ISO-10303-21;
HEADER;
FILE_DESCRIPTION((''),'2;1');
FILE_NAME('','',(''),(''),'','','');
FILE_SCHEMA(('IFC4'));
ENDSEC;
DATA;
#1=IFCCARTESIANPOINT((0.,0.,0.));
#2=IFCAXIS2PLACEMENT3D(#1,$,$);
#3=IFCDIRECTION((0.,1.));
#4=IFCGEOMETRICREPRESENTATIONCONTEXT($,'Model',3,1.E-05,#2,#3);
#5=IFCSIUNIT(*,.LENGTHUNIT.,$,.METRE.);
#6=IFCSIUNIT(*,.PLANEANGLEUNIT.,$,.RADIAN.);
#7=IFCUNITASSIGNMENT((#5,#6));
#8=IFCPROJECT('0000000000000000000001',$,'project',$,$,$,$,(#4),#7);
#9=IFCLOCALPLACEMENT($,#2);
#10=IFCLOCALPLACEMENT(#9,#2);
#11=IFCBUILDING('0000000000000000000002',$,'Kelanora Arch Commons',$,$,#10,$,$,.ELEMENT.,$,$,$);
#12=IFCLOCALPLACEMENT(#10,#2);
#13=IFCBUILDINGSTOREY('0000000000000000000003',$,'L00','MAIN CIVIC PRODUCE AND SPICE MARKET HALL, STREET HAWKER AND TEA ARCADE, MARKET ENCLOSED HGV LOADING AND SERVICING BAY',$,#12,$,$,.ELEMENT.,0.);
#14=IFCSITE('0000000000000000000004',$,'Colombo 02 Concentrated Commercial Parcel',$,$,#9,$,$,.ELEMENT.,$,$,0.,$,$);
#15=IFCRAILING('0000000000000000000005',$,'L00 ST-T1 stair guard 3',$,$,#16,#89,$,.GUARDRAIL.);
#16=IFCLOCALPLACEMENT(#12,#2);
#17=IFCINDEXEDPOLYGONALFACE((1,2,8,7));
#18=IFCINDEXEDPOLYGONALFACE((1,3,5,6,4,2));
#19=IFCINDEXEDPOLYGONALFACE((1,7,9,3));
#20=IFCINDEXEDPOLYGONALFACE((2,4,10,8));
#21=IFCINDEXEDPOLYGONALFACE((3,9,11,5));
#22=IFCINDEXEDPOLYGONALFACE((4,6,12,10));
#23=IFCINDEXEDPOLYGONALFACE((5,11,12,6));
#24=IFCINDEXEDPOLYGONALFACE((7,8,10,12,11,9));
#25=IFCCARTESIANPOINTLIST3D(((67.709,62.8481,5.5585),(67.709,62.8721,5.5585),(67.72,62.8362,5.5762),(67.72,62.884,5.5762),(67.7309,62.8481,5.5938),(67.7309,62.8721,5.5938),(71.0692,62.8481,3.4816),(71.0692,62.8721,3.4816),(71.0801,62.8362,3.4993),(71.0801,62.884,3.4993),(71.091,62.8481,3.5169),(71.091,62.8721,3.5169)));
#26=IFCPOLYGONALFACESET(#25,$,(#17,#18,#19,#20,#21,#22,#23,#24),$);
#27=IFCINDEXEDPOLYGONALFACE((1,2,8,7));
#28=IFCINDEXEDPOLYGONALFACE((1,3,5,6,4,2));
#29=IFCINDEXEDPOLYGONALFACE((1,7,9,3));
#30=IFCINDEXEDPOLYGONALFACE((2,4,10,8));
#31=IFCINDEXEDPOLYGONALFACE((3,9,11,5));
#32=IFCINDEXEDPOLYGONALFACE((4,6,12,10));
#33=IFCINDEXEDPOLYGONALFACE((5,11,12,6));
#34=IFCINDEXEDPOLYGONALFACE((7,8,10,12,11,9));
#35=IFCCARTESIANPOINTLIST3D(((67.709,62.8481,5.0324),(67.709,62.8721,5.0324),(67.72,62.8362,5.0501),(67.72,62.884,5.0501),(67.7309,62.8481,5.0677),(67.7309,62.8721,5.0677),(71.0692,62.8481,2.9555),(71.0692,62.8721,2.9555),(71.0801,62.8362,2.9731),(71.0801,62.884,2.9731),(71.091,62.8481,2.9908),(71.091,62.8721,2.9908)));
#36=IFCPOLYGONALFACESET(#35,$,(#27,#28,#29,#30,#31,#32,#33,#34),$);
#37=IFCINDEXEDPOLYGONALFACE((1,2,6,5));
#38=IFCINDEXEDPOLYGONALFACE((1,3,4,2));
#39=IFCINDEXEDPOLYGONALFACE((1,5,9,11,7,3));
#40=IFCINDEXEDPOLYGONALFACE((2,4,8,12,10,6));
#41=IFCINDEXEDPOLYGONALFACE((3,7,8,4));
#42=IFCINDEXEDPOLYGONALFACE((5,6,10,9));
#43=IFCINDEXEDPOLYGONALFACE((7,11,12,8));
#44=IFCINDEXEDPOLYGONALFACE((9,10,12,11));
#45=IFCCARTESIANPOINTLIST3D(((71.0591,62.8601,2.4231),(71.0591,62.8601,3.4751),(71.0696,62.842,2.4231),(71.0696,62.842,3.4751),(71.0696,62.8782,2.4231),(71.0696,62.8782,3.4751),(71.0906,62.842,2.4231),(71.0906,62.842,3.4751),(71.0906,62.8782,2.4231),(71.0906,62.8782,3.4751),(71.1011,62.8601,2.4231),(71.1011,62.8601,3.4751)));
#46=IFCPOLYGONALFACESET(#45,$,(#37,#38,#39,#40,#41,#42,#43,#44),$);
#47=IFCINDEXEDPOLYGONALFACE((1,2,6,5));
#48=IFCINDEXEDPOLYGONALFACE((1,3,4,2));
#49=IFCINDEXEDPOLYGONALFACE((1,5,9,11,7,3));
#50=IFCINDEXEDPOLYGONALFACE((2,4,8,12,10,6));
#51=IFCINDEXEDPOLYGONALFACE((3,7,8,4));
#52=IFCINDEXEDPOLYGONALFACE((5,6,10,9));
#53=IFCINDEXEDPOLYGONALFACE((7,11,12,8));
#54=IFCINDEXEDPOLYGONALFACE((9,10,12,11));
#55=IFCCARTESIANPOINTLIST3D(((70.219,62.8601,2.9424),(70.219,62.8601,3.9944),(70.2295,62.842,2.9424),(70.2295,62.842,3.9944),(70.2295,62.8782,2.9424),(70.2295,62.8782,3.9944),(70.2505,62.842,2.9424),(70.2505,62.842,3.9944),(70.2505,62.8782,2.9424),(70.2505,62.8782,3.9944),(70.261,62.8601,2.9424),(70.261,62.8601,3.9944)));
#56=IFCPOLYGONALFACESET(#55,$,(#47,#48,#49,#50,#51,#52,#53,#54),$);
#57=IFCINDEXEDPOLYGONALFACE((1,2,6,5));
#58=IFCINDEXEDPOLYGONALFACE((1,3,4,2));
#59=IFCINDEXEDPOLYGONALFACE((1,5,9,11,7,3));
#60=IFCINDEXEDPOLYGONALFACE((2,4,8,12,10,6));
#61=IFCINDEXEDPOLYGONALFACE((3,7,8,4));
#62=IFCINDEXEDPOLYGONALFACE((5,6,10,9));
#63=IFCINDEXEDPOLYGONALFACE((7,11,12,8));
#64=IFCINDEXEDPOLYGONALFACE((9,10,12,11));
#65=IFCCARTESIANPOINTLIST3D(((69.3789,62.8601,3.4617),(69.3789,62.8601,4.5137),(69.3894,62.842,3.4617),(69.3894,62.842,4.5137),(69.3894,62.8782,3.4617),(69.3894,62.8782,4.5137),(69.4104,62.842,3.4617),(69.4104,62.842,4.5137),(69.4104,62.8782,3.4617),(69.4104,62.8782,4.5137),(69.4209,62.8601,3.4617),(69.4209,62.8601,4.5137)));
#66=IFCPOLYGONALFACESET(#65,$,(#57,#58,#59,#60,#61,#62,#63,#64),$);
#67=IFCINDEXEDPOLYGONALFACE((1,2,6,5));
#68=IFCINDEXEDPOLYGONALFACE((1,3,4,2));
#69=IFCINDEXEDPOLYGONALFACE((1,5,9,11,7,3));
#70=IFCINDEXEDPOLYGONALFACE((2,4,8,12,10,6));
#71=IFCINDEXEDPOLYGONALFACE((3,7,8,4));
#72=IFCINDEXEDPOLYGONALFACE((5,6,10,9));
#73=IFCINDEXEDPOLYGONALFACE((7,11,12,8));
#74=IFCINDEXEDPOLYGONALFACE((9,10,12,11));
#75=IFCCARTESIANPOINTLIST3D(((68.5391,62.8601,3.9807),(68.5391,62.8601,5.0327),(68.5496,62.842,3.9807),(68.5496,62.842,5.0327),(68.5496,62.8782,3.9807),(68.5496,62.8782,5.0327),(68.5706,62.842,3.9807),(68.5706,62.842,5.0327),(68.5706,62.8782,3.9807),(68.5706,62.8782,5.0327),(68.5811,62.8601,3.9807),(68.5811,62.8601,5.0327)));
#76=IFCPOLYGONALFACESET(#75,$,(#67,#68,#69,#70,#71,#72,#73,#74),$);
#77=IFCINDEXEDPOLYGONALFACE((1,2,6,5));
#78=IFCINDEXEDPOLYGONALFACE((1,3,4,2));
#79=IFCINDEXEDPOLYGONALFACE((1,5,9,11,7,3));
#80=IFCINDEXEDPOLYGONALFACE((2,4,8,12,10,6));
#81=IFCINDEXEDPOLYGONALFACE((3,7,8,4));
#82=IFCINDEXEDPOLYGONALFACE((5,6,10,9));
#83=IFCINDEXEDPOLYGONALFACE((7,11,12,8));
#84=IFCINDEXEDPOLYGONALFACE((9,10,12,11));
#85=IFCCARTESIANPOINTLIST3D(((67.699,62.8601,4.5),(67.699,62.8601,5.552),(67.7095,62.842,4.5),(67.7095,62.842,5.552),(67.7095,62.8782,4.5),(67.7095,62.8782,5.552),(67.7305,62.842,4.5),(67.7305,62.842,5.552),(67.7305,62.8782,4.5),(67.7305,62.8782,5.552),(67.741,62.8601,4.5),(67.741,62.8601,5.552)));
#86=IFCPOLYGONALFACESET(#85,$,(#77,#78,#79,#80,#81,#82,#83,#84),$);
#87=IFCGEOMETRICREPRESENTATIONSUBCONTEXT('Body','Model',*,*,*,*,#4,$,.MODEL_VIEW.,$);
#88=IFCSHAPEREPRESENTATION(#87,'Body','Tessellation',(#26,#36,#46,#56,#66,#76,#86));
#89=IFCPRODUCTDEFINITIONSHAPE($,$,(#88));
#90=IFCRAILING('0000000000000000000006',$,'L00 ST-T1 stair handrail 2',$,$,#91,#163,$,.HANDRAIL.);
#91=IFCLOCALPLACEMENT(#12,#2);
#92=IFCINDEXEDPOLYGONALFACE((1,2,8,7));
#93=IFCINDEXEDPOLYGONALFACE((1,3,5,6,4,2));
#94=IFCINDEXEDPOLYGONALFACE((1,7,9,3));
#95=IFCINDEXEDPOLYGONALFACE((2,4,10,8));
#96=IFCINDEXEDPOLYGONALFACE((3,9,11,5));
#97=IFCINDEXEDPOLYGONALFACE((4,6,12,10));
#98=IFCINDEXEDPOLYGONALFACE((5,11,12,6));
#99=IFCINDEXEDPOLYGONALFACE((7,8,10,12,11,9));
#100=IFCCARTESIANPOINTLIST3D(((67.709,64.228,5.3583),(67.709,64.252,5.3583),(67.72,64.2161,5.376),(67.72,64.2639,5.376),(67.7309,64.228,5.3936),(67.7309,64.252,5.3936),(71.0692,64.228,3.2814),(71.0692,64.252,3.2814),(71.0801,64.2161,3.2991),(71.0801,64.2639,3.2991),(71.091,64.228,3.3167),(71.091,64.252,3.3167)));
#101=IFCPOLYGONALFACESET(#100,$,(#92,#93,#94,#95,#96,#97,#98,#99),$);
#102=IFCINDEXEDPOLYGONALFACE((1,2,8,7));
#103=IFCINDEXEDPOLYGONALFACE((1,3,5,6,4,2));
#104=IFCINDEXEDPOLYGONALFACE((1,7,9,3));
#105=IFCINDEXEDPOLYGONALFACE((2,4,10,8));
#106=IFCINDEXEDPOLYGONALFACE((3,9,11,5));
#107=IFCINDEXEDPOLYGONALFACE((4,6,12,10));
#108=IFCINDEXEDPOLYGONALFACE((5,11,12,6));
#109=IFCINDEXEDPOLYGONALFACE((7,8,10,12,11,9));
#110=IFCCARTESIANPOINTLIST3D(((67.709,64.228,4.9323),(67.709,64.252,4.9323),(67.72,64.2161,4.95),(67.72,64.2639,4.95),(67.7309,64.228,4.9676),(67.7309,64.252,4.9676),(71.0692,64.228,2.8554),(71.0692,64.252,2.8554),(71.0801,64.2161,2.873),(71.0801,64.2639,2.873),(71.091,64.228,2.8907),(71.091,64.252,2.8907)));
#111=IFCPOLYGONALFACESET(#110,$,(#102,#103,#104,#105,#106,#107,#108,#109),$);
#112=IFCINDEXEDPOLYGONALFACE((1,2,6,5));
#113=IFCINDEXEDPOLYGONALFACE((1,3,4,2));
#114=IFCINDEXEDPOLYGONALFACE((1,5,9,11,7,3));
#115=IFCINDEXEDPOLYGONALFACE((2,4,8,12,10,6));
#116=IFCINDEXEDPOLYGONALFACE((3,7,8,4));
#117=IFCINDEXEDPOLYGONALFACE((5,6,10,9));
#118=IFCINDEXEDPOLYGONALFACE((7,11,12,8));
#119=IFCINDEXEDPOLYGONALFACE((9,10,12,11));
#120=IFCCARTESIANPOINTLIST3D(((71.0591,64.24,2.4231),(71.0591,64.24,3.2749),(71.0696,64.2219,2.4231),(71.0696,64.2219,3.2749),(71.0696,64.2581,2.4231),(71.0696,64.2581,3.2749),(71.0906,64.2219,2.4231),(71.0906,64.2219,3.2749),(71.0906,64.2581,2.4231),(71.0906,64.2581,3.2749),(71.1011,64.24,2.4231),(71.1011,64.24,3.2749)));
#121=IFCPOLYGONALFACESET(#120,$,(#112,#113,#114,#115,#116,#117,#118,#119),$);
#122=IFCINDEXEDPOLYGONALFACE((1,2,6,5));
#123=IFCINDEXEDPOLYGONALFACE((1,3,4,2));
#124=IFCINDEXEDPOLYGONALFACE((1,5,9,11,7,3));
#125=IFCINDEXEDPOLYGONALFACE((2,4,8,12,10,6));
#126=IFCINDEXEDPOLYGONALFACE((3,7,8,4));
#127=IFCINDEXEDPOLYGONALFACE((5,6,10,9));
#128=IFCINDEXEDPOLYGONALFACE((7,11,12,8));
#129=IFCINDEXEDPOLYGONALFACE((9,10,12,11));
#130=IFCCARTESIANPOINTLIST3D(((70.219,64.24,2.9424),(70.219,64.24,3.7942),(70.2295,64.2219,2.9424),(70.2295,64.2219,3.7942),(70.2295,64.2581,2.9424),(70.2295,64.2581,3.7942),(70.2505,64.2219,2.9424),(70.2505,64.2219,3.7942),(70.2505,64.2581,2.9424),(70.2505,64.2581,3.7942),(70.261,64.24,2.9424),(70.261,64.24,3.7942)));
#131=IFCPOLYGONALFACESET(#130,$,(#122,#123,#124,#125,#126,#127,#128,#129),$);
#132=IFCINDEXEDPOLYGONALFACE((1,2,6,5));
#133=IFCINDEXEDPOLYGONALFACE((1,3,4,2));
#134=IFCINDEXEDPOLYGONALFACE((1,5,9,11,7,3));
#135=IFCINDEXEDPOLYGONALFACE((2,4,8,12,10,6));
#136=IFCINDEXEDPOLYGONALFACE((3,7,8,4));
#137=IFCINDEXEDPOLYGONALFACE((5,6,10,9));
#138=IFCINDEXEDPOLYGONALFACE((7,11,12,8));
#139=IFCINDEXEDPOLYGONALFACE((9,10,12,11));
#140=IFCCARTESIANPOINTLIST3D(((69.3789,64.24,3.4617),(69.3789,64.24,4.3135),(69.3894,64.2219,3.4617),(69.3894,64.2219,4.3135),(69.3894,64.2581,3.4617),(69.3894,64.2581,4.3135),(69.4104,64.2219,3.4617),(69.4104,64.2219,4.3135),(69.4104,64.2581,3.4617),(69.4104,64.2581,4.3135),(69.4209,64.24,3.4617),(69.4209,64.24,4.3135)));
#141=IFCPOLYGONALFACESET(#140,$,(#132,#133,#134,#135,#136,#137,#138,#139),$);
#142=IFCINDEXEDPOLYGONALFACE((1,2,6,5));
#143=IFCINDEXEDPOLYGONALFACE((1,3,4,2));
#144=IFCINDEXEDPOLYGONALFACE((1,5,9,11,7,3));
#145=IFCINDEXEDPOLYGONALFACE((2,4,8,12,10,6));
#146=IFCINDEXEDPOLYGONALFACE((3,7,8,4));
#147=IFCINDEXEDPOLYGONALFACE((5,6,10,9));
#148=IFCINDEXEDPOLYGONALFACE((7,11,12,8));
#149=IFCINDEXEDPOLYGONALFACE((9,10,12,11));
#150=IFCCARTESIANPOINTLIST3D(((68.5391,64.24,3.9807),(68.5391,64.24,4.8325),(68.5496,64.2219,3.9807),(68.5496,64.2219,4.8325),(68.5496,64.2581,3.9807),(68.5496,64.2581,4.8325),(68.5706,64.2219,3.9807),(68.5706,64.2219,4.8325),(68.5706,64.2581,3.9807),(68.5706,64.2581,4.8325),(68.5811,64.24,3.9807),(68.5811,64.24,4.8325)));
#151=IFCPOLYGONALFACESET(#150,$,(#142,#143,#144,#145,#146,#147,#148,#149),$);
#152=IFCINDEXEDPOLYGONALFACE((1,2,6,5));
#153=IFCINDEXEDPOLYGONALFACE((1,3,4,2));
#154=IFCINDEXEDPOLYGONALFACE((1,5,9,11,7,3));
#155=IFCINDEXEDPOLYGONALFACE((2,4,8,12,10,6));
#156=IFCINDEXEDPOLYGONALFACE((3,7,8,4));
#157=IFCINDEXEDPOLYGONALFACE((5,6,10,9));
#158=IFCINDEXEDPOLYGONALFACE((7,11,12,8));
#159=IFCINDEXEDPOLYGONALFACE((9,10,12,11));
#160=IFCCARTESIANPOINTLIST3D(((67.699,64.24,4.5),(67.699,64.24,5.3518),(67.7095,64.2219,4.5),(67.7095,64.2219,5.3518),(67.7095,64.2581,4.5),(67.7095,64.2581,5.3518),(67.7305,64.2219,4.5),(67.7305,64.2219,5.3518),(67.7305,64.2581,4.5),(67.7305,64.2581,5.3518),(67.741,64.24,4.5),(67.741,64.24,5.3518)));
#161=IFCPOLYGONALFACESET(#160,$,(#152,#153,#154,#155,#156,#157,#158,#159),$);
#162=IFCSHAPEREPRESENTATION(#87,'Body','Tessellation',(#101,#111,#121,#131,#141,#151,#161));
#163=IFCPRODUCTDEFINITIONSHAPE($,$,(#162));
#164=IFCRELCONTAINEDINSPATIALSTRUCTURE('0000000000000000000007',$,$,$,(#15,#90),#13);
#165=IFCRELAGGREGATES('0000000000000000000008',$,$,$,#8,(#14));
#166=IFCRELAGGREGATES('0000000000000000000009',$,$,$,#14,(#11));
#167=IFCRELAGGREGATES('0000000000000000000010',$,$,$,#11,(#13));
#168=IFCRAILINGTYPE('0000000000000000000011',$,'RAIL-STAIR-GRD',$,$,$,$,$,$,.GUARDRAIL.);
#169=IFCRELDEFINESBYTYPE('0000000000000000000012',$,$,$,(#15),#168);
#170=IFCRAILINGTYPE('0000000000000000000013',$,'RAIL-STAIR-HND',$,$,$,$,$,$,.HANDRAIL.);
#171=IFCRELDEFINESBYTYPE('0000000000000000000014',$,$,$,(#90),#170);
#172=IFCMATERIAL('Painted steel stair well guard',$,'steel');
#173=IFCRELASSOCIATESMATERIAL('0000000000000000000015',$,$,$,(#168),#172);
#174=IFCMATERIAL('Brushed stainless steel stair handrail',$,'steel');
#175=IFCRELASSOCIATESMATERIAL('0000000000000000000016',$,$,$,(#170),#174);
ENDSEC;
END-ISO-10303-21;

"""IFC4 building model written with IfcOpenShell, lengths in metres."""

from ifc_helpers import new_model, si_unit, direction, frame, origin, place, context, subcontext, project, spatial, polyline, outline, extrude, material, type_object, element, save


model = new_model("IFC4")

# Units and contexts
model_context = context("Model", 3, precision=1e-05, world=origin(), true_north=direction((0.0, 1.0)))
body_context = subcontext(model_context, "Body", "Model", "MODEL_VIEW")
ifc_project = project(units=[si_unit("LENGTHUNIT", "METRE"), si_unit("PLANEANGLEUNIT", "RADIAN")], contexts=[model_context])

# Site, building, storey
site_placement = place(None, origin())
site = spatial("IfcSite", under=ifc_project, at=site_placement, Name="Colombo 02 Concentrated Commercial Parcel", CompositionType="ELEMENT", RefElevation=0.0)
building_placement = place(site_placement, origin())
building = spatial("IfcBuilding", under=site, at=building_placement, Name="Kelanora Arch Commons", CompositionType="ELEMENT")
storey_placement = place(building_placement, origin())
storey = spatial("IfcBuildingStorey", under=building, at=storey_placement, Name="L00", Description="MAIN CIVIC PRODUCE AND SPICE MARKET HALL, STREET HAWKER AND TEA ARCADE, MARKET ENCLOSED HGV LOADING AND SERVICING BAY", CompositionType="ELEMENT", Elevation=0.0)

# Railings
ifc_material_1 = material(Name="Painted steel stair well guard", Category="steel")
railing_type_1 = type_object("IfcRailingType", Name="RAIL-STAIR-GRD", PredefinedType="GUARDRAIL", material=ifc_material_1)
railing_1_placement = place(storey_placement, frame((71.0801, 62.8601, 2.4231)))
element("IfcRailing", 1, at=railing_1_placement, inside=storey, type_object=railing_type_1, Name="L00 ST-T1 stair guard 3", PredefinedType="GUARDRAIL", context=body_context, shape_type="SweptSolid", body=[
    extrude(outline(polyline([(0.0239, 0.0), (0.012, 0.0208), (-0.012, 0.0208), (-0.0239, 0.0), (-0.012, -0.0208), (0.012, -0.0208), (0.0239, 0.0)])), frame((0.0, 0.0, 1.0762), z_axis=(-0.850623, 0.0, 0.525776), x_axis=(0.0, -1.0, 0.0)), (0.0, 0.0, 1.0), 3.9502),
    extrude(outline(polyline([(0.0239, 0.0), (0.012, 0.0208), (-0.012, 0.0208), (-0.0239, 0.0), (-0.012, -0.0208), (0.012, -0.0208), (0.0239, 0.0)])), frame((0.0, 0.0, 0.55), z_axis=(-0.850623, 0.0, 0.525776), x_axis=(0.0, -1.0, 0.0)), (0.0, 0.0, 1.0), 3.9502),
    extrude(outline(polyline([(0.021, 0.0), (0.0105, 0.0181), (-0.0105, 0.0181), (-0.021, 0.0), (-0.0105, -0.0181), (0.0105, -0.0181), (0.021, 0.0)])), origin(), (0.0, 0.0, 1.0), 1.052),
    extrude(outline(polyline([(0.021, 0.0), (0.0105, 0.0181), (-0.0105, 0.0181), (-0.021, 0.0), (-0.0105, -0.0181), (0.0105, -0.0181), (0.021, 0.0)])), frame((-0.8401, 0.0, 0.5193)), (0.0, 0.0, 1.0), 1.052),
    extrude(outline(polyline([(0.021, 0.0), (0.0105, 0.0181), (-0.0105, 0.0181), (-0.021, 0.0), (-0.0105, -0.0181), (0.0105, -0.0181), (0.021, 0.0)])), frame((-1.6802, 0.0, 1.0386)), (0.0, 0.0, 1.0), 1.052),
    extrude(outline(polyline([(0.021, 0.0), (0.0105, 0.0181), (-0.0105, 0.0181), (-0.021, 0.0), (-0.0105, -0.0181), (0.0105, -0.0181), (0.021, 0.0)])), frame((-2.52, 0.0, 1.5576)), (0.0, 0.0, 1.0), 1.052),
    extrude(outline(polyline([(0.021, 0.0), (0.0105, 0.0181), (-0.0105, 0.0181), (-0.021, 0.0), (-0.0105, -0.0181), (0.0105, -0.0181), (0.021, 0.0)])), frame((-3.3601, 0.0, 2.0769)), (0.0, 0.0, 1.0), 1.052),
])
ifc_material_2 = material(Name="Brushed stainless steel stair handrail", Category="steel")
railing_type_2 = type_object("IfcRailingType", Name="RAIL-STAIR-HND", PredefinedType="HANDRAIL", material=ifc_material_2)
railing_2_placement = place(storey_placement, frame((71.0801, 64.24, 2.4231)))
element("IfcRailing", 2, at=railing_2_placement, inside=storey, type_object=railing_type_2, Name="L00 ST-T1 stair handrail 2", PredefinedType="HANDRAIL", context=body_context, shape_type="SweptSolid", body=[
    extrude(outline(polyline([(0.0239, 0.0), (0.012, 0.0208), (-0.012, 0.0208), (-0.0239, 0.0), (-0.012, -0.0208), (0.012, -0.0208), (0.0239, 0.0)])), frame((0.0, 0.0, 0.876), z_axis=(-0.850623, 0.0, 0.525776), x_axis=(0.0, -1.0, 0.0)), (0.0, 0.0, 1.0), 3.9502),
    extrude(outline(polyline([(0.0239, 0.0), (0.012, 0.0208), (-0.012, 0.0208), (-0.0239, 0.0), (-0.012, -0.0208), (0.012, -0.0208), (0.0239, 0.0)])), frame((0.0, 0.0, 0.45), z_axis=(-0.850623, 0.0, 0.525776), x_axis=(0.0, -1.0, 0.0)), (0.0, 0.0, 1.0), 3.9502),
    extrude(outline(polyline([(0.021, 0.0), (0.0105, 0.0181), (-0.0105, 0.0181), (-0.021, 0.0), (-0.0105, -0.0181), (0.0105, -0.0181), (0.021, 0.0)])), origin(), (0.0, 0.0, 1.0), 0.8518),
    extrude(outline(polyline([(0.021, 0.0), (0.0105, 0.0181), (-0.0105, 0.0181), (-0.021, 0.0), (-0.0105, -0.0181), (0.0105, -0.0181), (0.021, 0.0)])), frame((-0.8401, 0.0, 0.5193)), (0.0, 0.0, 1.0), 0.8518),
    extrude(outline(polyline([(0.021, 0.0), (0.0105, 0.0181), (-0.0105, 0.0181), (-0.021, 0.0), (-0.0105, -0.0181), (0.0105, -0.0181), (0.021, 0.0)])), frame((-1.6802, 0.0, 1.0386)), (0.0, 0.0, 1.0), 0.8518),
    extrude(outline(polyline([(0.021, 0.0), (0.0105, 0.0181), (-0.0105, 0.0181), (-0.021, 0.0), (-0.0105, -0.0181), (0.0105, -0.0181), (0.021, 0.0)])), frame((-2.52, 0.0, 1.5576)), (0.0, 0.0, 1.0), 0.8518),
    extrude(outline(polyline([(0.021, 0.0), (0.0105, 0.0181), (-0.0105, 0.0181), (-0.021, 0.0), (-0.0105, -0.0181), (0.0105, -0.0181), (0.021, 0.0)])), frame((-3.3601, 0.0, 2.0769)), (0.0, 0.0, 1.0), 0.8518),
])

save(model, "model.ifc")
